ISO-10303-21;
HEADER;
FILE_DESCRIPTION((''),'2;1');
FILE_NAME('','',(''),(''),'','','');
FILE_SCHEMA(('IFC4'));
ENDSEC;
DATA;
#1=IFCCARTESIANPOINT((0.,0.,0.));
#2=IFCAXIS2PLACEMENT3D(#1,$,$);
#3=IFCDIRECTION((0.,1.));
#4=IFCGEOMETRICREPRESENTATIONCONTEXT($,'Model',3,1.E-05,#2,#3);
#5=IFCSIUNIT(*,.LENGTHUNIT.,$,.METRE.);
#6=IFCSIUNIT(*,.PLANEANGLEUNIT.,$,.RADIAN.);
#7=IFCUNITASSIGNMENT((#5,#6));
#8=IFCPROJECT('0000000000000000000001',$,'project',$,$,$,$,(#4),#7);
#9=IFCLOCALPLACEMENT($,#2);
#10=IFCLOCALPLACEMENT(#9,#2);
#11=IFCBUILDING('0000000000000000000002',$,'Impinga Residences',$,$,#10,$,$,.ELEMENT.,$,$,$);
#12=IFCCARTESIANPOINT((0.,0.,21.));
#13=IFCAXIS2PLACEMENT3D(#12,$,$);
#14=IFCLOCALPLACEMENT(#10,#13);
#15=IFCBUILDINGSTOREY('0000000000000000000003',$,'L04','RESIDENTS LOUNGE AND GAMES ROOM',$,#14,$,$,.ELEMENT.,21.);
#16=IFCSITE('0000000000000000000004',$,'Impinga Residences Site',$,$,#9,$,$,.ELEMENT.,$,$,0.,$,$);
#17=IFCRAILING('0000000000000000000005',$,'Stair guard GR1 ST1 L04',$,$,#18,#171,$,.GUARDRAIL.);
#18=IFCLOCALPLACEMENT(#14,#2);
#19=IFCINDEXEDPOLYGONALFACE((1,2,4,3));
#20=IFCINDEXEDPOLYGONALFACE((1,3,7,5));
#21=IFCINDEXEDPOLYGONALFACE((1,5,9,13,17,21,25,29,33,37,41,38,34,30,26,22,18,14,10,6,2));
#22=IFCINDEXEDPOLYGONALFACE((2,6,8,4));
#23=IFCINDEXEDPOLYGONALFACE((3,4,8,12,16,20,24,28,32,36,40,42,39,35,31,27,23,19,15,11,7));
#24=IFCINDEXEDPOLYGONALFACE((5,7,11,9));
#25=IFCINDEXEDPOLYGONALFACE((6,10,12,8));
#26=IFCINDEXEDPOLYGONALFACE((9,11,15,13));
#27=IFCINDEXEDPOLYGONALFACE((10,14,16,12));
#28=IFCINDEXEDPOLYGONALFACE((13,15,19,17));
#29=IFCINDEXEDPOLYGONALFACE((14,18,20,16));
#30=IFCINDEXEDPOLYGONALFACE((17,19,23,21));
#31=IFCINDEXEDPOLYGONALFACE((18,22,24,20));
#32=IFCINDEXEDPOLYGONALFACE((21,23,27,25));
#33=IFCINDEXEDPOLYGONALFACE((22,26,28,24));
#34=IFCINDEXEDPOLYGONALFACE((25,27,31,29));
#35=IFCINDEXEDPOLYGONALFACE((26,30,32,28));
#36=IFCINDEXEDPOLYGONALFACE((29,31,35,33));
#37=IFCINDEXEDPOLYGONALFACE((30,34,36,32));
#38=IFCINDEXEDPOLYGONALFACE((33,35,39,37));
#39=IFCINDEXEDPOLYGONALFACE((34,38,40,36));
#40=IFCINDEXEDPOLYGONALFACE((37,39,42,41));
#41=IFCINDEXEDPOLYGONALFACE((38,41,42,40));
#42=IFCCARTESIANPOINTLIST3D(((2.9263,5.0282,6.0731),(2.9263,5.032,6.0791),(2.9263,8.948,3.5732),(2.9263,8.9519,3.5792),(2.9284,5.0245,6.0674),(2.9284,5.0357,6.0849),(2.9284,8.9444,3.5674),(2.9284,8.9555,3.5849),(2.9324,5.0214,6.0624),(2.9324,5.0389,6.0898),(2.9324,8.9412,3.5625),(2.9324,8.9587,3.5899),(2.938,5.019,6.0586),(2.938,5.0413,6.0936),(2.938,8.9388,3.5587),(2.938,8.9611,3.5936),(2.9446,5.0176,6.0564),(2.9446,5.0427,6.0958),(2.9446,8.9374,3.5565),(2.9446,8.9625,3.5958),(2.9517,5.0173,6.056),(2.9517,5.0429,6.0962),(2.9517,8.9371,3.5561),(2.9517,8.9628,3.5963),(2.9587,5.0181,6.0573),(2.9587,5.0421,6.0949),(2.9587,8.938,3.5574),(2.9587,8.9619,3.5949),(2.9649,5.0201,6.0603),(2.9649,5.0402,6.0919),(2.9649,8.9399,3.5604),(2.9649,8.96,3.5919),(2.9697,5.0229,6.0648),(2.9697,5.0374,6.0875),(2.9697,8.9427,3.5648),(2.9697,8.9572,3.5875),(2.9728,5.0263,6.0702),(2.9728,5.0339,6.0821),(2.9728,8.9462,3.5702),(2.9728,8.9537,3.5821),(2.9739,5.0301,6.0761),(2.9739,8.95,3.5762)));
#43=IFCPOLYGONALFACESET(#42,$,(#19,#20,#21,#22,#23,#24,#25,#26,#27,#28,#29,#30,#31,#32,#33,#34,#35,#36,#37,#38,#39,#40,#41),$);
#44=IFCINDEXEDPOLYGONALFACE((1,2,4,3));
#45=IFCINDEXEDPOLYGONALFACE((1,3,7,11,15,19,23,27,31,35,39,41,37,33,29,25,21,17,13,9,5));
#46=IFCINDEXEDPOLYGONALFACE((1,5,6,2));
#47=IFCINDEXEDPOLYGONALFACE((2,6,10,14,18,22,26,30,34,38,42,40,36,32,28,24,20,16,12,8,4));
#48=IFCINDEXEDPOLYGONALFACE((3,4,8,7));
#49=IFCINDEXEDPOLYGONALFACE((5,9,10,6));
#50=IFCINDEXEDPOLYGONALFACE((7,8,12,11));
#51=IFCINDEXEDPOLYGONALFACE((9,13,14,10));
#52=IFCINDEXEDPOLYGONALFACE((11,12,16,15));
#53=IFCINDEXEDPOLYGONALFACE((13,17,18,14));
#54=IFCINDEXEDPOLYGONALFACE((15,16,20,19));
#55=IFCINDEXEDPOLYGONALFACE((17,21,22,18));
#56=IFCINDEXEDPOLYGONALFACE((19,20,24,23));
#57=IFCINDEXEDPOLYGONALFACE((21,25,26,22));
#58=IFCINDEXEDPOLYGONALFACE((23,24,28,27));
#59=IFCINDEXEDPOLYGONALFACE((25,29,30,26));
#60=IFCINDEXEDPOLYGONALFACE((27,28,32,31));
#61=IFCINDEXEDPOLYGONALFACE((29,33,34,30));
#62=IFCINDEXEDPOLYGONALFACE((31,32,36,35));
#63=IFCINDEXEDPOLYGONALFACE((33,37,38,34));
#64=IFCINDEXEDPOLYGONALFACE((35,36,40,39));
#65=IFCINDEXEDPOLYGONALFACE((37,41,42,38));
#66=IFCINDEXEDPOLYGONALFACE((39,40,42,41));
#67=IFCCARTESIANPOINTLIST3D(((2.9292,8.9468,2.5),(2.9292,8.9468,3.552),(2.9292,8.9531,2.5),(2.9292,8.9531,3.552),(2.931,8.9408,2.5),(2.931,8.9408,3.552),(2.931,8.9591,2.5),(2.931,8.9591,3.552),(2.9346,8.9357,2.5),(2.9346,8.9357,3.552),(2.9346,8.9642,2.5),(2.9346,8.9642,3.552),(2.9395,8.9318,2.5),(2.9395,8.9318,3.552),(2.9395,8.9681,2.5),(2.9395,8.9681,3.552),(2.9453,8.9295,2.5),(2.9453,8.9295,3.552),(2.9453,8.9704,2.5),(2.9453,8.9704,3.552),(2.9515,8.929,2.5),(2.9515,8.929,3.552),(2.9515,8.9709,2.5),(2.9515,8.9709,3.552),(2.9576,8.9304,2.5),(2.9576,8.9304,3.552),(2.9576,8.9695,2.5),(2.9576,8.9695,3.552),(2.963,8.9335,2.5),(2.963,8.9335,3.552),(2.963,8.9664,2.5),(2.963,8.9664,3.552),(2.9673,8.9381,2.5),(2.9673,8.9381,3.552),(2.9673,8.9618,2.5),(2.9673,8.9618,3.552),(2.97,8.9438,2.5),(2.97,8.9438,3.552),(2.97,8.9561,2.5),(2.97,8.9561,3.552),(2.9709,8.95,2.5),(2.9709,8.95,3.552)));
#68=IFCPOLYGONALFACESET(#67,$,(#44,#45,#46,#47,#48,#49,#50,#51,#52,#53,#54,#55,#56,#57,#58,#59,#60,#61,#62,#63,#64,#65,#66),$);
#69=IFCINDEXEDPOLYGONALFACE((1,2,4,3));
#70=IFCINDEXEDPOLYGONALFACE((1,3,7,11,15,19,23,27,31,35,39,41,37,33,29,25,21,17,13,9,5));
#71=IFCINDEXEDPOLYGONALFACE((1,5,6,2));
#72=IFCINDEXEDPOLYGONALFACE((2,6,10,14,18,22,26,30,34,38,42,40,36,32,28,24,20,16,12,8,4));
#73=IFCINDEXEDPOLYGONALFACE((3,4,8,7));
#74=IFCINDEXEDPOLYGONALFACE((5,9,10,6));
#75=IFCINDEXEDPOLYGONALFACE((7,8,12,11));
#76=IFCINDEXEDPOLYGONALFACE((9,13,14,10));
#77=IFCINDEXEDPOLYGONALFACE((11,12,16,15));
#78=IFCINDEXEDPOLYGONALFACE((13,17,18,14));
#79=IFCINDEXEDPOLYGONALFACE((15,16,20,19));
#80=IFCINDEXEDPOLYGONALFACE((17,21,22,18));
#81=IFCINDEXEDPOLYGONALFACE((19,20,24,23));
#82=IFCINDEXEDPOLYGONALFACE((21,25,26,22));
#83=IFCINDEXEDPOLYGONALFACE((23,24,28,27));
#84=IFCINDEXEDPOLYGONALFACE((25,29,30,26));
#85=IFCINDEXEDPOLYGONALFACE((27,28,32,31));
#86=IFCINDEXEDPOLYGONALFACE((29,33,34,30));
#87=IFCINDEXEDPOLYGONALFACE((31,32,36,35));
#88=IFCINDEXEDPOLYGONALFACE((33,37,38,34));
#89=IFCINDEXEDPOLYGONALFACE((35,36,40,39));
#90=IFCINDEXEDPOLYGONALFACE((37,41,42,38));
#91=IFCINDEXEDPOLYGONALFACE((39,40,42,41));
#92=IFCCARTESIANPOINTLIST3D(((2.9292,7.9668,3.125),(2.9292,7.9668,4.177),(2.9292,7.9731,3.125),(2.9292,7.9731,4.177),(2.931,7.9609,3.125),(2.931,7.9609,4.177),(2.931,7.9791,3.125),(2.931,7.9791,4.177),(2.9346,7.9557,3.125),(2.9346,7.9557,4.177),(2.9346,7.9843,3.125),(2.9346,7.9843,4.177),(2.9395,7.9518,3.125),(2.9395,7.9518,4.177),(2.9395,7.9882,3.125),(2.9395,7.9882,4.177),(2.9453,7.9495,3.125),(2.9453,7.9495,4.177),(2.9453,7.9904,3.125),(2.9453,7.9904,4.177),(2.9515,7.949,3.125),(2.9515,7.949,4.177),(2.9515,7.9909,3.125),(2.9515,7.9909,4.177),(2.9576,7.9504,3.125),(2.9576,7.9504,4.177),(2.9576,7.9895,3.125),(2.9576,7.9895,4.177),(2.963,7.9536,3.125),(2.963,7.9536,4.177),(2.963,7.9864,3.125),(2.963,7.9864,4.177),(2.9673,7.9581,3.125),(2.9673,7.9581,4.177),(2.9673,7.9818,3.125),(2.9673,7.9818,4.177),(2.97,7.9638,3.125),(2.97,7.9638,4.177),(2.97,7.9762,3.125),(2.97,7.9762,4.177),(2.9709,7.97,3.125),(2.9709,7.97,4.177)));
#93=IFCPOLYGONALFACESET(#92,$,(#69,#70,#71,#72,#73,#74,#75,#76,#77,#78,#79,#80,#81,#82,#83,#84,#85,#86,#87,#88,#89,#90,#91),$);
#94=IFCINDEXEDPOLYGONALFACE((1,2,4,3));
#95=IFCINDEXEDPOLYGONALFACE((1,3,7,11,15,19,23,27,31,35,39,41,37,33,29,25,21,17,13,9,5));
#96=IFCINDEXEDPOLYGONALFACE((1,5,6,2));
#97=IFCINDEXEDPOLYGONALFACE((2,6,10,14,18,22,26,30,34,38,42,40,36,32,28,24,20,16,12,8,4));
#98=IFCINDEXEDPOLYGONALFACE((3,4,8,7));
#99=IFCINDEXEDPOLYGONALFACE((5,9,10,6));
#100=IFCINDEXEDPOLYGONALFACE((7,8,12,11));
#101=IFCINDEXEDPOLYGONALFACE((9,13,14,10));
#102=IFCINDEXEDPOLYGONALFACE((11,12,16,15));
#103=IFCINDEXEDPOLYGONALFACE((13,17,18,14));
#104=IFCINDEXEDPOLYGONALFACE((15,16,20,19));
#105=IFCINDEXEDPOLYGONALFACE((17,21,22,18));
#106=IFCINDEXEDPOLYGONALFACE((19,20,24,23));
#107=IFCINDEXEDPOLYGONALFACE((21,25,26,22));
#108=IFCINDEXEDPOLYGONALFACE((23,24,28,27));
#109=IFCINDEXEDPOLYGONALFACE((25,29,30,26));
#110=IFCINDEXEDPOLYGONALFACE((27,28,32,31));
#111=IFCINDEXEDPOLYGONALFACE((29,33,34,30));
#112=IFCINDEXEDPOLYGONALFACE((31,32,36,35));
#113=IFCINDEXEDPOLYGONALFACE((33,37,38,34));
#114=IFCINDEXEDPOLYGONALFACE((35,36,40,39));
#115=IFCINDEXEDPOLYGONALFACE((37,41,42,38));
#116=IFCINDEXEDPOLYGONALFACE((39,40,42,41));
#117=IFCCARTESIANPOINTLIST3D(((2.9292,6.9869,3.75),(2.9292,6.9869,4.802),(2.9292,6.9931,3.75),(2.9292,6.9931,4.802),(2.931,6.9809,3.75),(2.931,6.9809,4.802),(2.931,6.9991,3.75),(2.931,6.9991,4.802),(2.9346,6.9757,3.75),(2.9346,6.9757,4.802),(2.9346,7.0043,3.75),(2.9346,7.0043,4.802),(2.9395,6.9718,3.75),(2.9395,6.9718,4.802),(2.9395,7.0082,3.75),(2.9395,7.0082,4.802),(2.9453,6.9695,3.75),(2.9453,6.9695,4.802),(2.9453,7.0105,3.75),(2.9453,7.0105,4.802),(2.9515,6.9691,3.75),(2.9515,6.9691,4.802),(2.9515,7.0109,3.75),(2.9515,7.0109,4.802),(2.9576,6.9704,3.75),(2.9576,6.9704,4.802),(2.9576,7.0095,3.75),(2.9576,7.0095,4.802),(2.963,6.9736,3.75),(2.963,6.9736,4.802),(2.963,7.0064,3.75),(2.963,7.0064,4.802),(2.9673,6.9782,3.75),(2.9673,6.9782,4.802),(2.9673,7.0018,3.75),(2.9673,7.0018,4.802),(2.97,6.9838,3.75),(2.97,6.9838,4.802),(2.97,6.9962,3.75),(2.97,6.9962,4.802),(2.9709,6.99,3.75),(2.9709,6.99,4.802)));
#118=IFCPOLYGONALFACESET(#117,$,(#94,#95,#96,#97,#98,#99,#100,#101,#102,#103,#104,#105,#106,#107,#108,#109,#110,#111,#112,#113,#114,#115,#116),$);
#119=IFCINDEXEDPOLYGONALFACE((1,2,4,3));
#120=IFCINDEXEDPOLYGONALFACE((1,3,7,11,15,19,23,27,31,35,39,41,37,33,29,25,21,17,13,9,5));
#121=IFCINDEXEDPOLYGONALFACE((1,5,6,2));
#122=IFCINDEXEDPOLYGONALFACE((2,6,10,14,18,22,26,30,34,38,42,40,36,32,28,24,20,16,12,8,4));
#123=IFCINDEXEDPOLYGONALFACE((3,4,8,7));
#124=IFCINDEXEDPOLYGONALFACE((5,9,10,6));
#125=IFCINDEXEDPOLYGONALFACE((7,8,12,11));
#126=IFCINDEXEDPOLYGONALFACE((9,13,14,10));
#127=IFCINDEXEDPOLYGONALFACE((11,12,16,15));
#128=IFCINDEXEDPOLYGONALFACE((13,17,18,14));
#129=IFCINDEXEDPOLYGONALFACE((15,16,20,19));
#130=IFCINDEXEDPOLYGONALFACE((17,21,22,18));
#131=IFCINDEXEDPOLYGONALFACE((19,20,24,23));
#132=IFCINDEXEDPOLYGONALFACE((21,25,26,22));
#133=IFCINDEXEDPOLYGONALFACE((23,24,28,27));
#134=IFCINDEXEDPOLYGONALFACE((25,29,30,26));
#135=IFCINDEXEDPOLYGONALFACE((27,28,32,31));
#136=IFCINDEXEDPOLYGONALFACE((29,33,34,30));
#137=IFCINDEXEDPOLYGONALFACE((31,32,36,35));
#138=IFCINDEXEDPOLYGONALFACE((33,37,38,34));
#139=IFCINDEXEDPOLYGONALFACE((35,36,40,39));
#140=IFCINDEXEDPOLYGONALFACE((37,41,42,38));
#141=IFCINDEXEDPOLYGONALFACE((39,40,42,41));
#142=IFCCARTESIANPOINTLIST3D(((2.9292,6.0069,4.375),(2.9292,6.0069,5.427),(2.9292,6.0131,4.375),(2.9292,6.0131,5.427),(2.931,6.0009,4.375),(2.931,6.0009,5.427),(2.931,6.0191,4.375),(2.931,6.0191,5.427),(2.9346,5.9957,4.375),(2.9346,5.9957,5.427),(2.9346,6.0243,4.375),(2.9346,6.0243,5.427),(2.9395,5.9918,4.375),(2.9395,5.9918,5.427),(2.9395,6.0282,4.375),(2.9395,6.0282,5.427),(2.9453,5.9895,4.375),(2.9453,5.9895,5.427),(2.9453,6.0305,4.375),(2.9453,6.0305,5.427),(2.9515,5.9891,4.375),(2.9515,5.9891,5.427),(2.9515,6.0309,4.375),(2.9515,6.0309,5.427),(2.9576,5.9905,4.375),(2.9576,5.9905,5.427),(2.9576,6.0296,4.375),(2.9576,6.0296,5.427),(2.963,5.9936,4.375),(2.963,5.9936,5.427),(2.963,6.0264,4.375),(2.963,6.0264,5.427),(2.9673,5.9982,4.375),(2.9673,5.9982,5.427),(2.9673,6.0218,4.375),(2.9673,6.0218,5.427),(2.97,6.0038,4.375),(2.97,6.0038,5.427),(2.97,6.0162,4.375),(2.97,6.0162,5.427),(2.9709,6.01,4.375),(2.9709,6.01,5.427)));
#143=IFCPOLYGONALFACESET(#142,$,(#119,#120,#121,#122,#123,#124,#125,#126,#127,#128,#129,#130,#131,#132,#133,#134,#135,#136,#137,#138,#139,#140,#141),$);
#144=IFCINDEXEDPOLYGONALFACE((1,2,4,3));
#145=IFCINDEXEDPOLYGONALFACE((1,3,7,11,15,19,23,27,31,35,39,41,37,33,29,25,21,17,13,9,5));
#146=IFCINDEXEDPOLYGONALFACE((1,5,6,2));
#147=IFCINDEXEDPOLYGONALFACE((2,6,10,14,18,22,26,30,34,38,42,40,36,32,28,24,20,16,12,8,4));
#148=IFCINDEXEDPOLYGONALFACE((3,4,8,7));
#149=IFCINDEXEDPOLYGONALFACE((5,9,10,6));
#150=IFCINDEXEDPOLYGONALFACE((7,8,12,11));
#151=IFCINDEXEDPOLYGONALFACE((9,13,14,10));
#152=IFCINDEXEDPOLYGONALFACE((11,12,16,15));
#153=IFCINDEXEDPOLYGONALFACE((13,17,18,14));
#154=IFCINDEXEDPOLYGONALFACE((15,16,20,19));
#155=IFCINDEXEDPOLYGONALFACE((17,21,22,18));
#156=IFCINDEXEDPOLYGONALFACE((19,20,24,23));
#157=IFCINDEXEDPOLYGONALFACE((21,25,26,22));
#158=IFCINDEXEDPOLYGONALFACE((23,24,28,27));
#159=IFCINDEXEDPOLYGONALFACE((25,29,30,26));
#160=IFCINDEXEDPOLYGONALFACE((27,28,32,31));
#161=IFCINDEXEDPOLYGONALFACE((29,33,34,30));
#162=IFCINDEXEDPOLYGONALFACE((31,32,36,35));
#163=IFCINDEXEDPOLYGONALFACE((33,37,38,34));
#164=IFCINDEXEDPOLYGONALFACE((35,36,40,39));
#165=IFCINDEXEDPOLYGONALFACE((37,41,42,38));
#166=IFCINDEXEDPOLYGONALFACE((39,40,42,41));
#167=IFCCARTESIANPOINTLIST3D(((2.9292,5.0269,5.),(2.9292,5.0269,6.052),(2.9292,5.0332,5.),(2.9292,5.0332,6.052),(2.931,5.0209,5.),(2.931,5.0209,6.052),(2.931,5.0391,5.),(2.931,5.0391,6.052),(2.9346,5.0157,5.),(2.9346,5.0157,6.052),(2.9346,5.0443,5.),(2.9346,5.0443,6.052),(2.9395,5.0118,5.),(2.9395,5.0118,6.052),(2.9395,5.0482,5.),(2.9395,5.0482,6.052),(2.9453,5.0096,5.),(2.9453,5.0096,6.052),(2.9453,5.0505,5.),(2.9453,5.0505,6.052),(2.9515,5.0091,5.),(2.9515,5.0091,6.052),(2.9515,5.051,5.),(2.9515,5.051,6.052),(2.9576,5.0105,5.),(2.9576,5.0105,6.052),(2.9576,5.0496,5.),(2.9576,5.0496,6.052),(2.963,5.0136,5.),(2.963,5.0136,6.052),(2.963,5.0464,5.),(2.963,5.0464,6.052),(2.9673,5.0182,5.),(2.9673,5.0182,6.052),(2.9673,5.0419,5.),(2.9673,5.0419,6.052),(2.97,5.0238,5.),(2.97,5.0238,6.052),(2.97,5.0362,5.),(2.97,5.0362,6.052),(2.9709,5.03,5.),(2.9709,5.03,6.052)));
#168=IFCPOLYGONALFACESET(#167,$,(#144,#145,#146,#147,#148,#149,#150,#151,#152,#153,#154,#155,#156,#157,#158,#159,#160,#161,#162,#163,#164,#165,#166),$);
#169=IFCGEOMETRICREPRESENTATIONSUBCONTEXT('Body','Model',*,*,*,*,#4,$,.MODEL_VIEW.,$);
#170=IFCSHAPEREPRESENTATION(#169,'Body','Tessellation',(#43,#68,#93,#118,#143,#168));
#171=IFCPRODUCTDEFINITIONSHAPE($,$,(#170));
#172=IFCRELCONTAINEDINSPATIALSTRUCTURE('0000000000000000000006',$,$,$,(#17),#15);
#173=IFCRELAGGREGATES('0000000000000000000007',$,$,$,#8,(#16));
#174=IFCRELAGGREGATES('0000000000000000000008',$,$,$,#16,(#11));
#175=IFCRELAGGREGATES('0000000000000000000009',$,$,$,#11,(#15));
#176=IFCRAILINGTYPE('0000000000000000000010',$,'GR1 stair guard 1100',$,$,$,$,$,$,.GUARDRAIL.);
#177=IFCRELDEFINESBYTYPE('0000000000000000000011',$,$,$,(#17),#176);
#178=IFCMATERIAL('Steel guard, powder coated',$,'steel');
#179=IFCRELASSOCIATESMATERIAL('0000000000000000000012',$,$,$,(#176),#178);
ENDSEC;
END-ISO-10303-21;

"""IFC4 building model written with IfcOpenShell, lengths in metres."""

from ifc_helpers import new_model, si_unit, direction, frame, origin, origin_2d, place, context, subcontext, project, spatial, circle, extrude, material, type_object, element, save


model = new_model("IFC4")

# Units and contexts
model_context = context("Model", 3, precision=1e-05, world=origin(), true_north=direction((0.0, 1.0)))
body_context = subcontext(model_context, "Body", "Model", "MODEL_VIEW")
ifc_project = project(units=[si_unit("LENGTHUNIT", "METRE"), si_unit("PLANEANGLEUNIT", "RADIAN")], contexts=[model_context])

# Site, building, storey
site_placement = place(None, origin())
site = spatial("IfcSite", under=ifc_project, at=site_placement, Name="Impinga Residences Site", CompositionType="ELEMENT", RefElevation=0.0)
building_placement = place(site_placement, origin())
building = spatial("IfcBuilding", under=site, at=building_placement, Name="Impinga Residences", CompositionType="ELEMENT")
storey_placement = place(building_placement, frame((0.0, 0.0, 21.0)))
storey = spatial("IfcBuildingStorey", under=building, at=storey_placement, Name="L04", Description="RESIDENTS LOUNGE AND GAMES ROOM", CompositionType="ELEMENT", Elevation=21.0)

# Railing
ifc_material_1 = material(Name="Steel guard, powder coated", Category="steel")
railing_type_1 = type_object("IfcRailingType", Name="GR1 stair guard 1100", PredefinedType="GUARDRAIL", material=ifc_material_1)
railing_1_placement = place(storey_placement, frame((2.95, 8.95, 2.5)))
element("IfcRailing", 1, at=railing_1_placement, inside=storey, type_object=railing_type_1, Name="Stair guard GR1 ST1 L04", PredefinedType="GUARDRAIL", context=body_context, shape_type="SweptSolid", body=[
    extrude(circle(Radius=0.0239, at=origin_2d()), frame((0.0, 0.0, 1.0762), z_axis=(0.0, -0.843125, 0.537718), x_axis=(1.0, 0.0, 0.0)), (0.0, 0.0, 1.0), 4.6492),
    extrude(circle(Radius=0.021, at=origin_2d()), origin(), (0.0, 0.0, 1.0), 1.052),
    extrude(circle(Radius=0.021, at=origin_2d()), frame((0.0, -0.98, 0.625)), (0.0, 0.0, 1.0), 1.052),
    extrude(circle(Radius=0.021, at=origin_2d()), frame((0.0, -1.96, 1.25)), (0.0, 0.0, 1.0), 1.052),
    extrude(circle(Radius=0.021, at=origin_2d()), frame((0.0, -2.9399, 1.875)), (0.0, 0.0, 1.0), 1.052),
    extrude(circle(Radius=0.021, at=origin_2d()), frame((0.0, -3.9199, 2.5)), (0.0, 0.0, 1.0), 1.052),
])

save(model, "model.ifc")
